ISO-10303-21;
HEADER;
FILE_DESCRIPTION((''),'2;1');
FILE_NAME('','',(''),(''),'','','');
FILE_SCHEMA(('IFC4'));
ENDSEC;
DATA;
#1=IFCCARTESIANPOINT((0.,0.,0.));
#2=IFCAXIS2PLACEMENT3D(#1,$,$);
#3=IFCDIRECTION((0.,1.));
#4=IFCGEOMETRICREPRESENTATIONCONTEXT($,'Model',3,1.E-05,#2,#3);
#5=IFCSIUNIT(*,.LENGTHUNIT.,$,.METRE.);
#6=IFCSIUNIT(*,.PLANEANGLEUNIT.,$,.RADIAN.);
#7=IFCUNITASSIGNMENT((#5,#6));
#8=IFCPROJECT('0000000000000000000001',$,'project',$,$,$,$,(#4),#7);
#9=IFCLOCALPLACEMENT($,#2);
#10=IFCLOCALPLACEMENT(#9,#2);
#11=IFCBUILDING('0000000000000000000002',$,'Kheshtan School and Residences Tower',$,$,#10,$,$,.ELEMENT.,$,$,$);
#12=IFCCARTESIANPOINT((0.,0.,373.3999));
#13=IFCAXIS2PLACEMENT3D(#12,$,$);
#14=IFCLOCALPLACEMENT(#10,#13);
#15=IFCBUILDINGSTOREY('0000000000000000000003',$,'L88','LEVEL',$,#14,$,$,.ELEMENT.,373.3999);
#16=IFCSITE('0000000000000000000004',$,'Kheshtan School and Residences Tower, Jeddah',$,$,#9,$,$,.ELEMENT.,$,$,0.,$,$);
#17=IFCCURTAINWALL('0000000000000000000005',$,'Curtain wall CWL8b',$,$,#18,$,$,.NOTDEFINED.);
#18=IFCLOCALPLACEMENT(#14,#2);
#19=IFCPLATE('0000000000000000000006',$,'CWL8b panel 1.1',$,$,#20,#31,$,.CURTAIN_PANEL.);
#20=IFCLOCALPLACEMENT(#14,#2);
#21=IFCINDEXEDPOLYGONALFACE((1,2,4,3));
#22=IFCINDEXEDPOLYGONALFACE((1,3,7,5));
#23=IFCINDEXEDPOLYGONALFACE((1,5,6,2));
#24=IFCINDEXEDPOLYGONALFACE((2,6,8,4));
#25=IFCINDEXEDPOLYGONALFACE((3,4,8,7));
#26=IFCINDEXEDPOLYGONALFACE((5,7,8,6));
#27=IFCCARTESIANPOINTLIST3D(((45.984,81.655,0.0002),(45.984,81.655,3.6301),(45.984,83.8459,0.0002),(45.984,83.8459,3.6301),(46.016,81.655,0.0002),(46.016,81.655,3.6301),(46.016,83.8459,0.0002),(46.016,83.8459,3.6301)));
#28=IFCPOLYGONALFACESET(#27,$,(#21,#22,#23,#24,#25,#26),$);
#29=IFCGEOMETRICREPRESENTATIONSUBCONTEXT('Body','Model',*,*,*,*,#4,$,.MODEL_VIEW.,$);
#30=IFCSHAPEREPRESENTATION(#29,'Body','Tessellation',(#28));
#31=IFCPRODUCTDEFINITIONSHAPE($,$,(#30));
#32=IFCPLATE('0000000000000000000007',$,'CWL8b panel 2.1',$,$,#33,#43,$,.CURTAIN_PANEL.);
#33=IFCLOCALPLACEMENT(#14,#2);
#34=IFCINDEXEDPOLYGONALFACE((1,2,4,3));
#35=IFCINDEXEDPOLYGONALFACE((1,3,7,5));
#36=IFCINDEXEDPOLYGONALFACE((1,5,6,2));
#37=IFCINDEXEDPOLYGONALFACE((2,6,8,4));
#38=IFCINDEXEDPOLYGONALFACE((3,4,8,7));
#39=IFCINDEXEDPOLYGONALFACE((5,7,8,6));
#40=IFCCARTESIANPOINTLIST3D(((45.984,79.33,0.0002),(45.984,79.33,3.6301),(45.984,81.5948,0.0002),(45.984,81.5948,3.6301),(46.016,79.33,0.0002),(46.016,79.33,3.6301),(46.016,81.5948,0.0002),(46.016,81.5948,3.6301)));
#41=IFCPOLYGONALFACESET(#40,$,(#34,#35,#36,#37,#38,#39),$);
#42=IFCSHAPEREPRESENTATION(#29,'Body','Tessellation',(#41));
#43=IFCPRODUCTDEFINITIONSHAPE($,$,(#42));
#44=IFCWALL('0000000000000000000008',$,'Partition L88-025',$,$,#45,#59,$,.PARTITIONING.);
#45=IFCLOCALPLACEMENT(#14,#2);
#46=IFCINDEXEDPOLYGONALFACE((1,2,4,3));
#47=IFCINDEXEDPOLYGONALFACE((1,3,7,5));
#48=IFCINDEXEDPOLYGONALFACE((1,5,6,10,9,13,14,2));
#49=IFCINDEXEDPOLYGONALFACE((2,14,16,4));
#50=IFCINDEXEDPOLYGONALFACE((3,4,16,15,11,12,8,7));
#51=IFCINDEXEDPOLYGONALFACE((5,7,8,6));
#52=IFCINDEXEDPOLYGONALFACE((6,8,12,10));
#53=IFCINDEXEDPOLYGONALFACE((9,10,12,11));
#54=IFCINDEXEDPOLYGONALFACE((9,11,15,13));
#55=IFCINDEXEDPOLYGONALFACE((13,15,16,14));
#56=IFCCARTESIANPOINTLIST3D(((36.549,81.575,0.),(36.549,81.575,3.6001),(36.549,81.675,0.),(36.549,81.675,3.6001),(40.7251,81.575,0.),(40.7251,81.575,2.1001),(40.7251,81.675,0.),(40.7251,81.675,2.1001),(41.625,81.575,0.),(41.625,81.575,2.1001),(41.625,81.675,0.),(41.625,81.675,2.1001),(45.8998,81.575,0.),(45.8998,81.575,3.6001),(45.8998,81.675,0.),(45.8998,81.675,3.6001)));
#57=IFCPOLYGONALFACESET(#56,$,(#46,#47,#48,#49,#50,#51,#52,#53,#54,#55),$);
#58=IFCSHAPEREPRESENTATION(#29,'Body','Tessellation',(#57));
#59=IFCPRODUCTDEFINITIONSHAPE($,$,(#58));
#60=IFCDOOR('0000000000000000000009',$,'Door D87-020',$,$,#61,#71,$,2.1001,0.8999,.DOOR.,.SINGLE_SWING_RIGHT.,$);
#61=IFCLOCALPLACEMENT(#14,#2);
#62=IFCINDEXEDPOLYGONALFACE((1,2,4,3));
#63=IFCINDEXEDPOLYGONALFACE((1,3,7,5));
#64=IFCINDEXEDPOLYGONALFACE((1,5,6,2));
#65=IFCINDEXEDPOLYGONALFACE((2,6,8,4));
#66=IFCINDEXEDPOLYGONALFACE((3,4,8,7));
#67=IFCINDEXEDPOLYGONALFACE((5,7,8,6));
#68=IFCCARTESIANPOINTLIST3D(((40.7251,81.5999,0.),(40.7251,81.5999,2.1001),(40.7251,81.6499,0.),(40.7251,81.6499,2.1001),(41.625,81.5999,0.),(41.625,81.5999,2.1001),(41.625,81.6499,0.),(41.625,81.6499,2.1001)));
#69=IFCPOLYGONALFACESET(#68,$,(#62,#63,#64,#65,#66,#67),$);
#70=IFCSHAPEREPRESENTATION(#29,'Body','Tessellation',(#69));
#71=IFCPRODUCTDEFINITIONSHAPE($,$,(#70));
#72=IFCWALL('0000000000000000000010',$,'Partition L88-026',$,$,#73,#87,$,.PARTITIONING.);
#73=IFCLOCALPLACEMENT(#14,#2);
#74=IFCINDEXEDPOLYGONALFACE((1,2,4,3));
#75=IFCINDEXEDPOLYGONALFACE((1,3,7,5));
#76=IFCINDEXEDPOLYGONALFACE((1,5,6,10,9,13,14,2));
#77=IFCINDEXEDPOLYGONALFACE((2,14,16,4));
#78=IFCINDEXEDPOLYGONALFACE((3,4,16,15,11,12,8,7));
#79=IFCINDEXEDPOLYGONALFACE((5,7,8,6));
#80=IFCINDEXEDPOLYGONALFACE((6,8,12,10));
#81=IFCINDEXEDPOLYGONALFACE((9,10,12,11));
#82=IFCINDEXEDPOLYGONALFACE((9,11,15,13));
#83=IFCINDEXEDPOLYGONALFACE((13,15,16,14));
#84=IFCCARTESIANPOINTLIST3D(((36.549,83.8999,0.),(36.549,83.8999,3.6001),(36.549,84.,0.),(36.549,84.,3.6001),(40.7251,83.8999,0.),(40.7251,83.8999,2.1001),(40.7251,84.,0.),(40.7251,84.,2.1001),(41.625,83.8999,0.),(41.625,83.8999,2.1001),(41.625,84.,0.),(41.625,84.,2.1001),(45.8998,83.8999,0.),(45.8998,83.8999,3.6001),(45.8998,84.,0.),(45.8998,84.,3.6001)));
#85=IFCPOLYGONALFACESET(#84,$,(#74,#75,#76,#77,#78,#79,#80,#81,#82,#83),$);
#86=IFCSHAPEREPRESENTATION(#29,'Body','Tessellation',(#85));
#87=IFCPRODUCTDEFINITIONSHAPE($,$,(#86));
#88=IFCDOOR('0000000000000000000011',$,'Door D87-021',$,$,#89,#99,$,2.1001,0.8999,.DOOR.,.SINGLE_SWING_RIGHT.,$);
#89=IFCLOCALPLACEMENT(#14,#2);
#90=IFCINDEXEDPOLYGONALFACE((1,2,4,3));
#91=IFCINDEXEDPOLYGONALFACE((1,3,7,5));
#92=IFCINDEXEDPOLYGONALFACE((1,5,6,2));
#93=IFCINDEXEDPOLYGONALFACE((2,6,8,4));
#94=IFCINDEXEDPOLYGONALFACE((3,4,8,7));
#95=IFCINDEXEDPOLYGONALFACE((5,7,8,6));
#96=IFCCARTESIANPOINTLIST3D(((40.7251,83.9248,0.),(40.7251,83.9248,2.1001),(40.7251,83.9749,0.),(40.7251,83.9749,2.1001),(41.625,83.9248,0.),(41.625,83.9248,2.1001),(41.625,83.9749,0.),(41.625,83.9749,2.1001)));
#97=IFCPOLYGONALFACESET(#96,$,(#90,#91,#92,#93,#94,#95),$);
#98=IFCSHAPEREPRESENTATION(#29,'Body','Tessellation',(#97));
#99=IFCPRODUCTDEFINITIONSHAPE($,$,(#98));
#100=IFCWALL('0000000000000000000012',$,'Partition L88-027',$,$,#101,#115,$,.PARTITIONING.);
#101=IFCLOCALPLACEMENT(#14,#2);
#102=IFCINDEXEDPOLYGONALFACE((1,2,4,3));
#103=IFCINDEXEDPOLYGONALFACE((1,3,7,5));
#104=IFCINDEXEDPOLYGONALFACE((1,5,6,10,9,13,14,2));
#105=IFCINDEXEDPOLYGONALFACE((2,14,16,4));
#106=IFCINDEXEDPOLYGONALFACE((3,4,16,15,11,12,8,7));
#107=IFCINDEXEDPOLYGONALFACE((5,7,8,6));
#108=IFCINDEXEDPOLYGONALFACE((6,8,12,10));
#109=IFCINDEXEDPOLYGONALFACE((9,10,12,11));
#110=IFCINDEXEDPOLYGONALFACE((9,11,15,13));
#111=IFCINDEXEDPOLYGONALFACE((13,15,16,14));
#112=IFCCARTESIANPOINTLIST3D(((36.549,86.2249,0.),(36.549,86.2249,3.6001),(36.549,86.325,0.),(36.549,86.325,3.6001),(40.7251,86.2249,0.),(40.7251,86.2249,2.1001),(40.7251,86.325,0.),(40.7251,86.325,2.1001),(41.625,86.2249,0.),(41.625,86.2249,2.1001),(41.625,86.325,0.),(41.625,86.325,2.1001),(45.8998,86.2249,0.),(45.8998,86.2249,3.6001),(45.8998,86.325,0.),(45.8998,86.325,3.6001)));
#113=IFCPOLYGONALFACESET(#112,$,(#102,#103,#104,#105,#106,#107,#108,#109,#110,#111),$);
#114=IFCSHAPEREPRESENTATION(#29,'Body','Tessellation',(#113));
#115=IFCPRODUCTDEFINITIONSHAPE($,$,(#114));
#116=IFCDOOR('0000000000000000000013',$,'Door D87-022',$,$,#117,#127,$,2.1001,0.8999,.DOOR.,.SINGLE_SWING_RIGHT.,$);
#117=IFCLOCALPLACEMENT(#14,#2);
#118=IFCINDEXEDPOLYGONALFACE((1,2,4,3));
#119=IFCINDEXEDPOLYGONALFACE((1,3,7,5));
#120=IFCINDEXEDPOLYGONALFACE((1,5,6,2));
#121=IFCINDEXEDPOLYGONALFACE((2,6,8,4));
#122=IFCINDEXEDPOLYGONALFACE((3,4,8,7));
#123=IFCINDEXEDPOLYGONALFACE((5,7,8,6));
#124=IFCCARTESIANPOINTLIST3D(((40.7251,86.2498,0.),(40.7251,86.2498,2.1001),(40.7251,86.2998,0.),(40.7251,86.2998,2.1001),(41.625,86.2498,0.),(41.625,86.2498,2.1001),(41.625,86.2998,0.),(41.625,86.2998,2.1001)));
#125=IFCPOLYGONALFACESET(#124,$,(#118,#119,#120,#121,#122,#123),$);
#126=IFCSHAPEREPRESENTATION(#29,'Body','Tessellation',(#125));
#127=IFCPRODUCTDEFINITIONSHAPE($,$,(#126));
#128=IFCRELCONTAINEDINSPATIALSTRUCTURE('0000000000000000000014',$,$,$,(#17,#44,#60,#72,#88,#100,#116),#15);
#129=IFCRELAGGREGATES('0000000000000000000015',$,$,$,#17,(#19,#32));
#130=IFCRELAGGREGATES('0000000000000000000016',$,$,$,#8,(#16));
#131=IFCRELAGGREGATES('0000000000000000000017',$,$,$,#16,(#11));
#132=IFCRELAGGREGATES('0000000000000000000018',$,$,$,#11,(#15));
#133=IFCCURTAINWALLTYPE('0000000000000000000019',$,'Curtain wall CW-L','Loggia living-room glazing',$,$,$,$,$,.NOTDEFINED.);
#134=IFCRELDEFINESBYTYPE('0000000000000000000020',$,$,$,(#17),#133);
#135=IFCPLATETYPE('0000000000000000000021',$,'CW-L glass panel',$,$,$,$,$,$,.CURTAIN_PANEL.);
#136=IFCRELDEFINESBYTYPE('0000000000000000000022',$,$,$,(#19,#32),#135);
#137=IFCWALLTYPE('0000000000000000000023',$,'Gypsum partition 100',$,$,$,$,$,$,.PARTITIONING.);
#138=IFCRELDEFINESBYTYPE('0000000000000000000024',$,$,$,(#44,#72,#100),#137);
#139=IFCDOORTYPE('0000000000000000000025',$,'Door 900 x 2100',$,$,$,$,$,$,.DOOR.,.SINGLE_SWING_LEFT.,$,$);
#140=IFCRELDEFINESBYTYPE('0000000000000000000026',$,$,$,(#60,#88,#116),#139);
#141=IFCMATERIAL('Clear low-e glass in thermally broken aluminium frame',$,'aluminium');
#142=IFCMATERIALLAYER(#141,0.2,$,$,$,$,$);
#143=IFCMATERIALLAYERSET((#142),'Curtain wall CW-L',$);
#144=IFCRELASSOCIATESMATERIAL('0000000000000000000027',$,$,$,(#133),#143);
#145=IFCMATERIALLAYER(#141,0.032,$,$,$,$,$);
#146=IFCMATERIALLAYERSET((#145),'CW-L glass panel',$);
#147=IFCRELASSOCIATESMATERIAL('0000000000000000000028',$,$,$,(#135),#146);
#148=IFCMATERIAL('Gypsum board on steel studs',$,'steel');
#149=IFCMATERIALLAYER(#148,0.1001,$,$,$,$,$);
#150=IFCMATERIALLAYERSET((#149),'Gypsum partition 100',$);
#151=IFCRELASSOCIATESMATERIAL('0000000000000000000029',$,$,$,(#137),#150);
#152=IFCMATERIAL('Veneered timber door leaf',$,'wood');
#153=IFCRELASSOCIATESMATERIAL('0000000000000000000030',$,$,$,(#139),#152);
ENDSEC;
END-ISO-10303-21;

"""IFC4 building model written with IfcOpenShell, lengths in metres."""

from ifc_helpers import new_model, si_unit, direction, frame, frame_2d, origin, origin_2d, place, context, subcontext, project, spatial, rectangle, extrude, source, transform, mapped, material, layer, layer_set, type_object, element, fill, aggregate, save


model = new_model("IFC4")

# Units and contexts
model_context = context("Model", 3, precision=1e-05, world=origin(), true_north=direction((0.0, 1.0)))
body_context = subcontext(model_context, "Body", "Model", "MODEL_VIEW")
ifc_project = project(units=[si_unit("LENGTHUNIT", "METRE"), si_unit("PLANEANGLEUNIT", "RADIAN")], contexts=[model_context])

# Site, building, storey
site_placement = place(None, origin())
site = spatial("IfcSite", under=ifc_project, at=site_placement, Name="Kheshtan School and Residences Tower, Jeddah", CompositionType="ELEMENT", RefElevation=0.0)
building_placement = place(site_placement, origin())
building = spatial("IfcBuilding", under=site, at=building_placement, Name="Kheshtan School and Residences Tower", CompositionType="ELEMENT")
storey_placement = place(building_placement, frame((0.0, 0.0, 373.3999)))
storey = spatial("IfcBuildingStorey", under=building, at=storey_placement, Name="L88", Description="LEVEL", CompositionType="ELEMENT", Elevation=373.3999)

# Shared definitions
ifc_material_1 = material(Name="Clear low-e glass in thermally broken aluminium frame", Category="aluminium")
ifc_layer_1 = layer(ifc_material_1, 0.2)
ifc_layer_set_1 = layer_set([ifc_layer_1], Name="Curtain wall CW-L")
curtain_wall_type = type_object("IfcCurtainWallType", Name="Curtain wall CW-L", Description="Loggia living-room glazing", PredefinedType="NOTDEFINED", material=ifc_layer_set_1)

# Curtain wall
curtain_wall_1_placement = place(storey_placement, origin())
curtain_wall_1 = element("IfcCurtainWall", 1, at=curtain_wall_1_placement, inside=storey, type_object=curtain_wall_type, Name="Curtain wall CWL8b", PredefinedType="NOTDEFINED")

# Plates
ifc_layer_2 = layer(ifc_material_1, 0.032)
ifc_layer_set_2 = layer_set([ifc_layer_2], Name="CW-L glass panel")
plate_type = type_object("IfcPlateType", Name="CW-L glass panel", PredefinedType="CURTAIN_PANEL", material=ifc_layer_set_2)
plate_1_placement = place(storey_placement, frame((46.0, 82.7505, 0.0002), z_axis=(0.0, 0.0, 1.0), x_axis=(0.0, -1.0, 0.0)))
plate_1 = element("IfcPlate", 2, at=plate_1_placement, type_object=plate_type, Name="CWL8b panel 1.1", PredefinedType="CURTAIN_PANEL", context=body_context, shape_type="SweptSolid", body=[
    extrude(rectangle(XDim=2.1909, YDim=0.032, at=origin_2d()), origin(), (0.0, 0.0, 1.0), 3.6299),
])
plate_2_placement = place(storey_placement, frame((46.0, 80.4624, 0.0002), z_axis=(0.0, 0.0, 1.0), x_axis=(0.0, -1.0, 0.0)))
plate_2 = element("IfcPlate", 3, at=plate_2_placement, type_object=plate_type, Name="CWL8b panel 2.1", PredefinedType="CURTAIN_PANEL", context=body_context, shape_type="SweptSolid", body=[
    extrude(rectangle(XDim=2.2649, YDim=0.032, at=origin_2d()), origin(), (0.0, 0.0, 1.0), 3.6299),
])
aggregate(curtain_wall_1, [plate_1, plate_2])

# Walls, openings, doors
ifc_material_2 = material(Name="Gypsum board on steel studs", Category="steel")
ifc_layer_3 = layer(ifc_material_2, 0.1001)
ifc_layer_set_3 = layer_set([ifc_layer_3], Name="Gypsum partition 100")
wall_type_1 = type_object("IfcWallType", Name="Gypsum partition 100", PredefinedType="PARTITIONING", material=ifc_layer_set_3)
wall_1_placement = place(storey_placement, frame((36.5491, 81.625, 0.0), z_axis=(0.0, 0.0, 1.0), x_axis=(1.0, 0.0, 0.0)))
wall_1 = element("IfcWall", 4, at=wall_1_placement, inside=storey, type_object=wall_type_1, Name="Partition L88-025", PredefinedType="PARTITIONING", context=body_context, shape_type="SweptSolid", body=[
    extrude(rectangle(XDim=9.3508, YDim=0.1001, at=frame_2d((4.6753, 0.0))), origin(), (0.0, 0.0, 1.0), 3.6001),
])
opening_1_placement = place(wall_1_placement, frame((4.176, 0.0, 0.0)))
opening_1 = element("IfcOpeningElement", 5, at=opening_1_placement, cuts=wall_1, PredefinedType="OPENING", context=body_context, shape_type="SweptSolid", body=[
    extrude(rectangle(XDim=0.8999, YDim=2.1001, at=frame_2d((0.45, 1.05))), frame((0.0, 0.0601, 0.0), z_axis=(0.0, -1.0, 0.0), x_axis=(1.0, 0.0, 0.0)), (0.0, 0.0, 1.0), 0.1201),
])
ifc_material_3 = material(Name="Veneered timber door leaf", Category="wood")
door_type_1 = type_object("IfcDoorType", Name="Door 900 x 2100", OperationType="SINGLE_SWING_LEFT", PredefinedType="DOOR", material=ifc_material_3)
shared_shape_1 = source(origin(), body_context, "Body", "SweptSolid", [
    extrude(rectangle(XDim=0.8999, YDim=2.1001, at=frame_2d((0.45, 1.05))), frame((0.0, 0.0249, 0.0), z_axis=(0.0, -1.0, 0.0), x_axis=(1.0, 0.0, 0.0)), (0.0, 0.0, 1.0), 0.05),
])
door_1_placement = place(opening_1_placement, origin())
door_1 = element("IfcDoor", 6, at=door_1_placement, inside=storey, type_object=door_type_1, Name="Door D87-020", OperationType="SINGLE_SWING_RIGHT", OverallHeight=2.1001, OverallWidth=0.8999, PredefinedType="DOOR", context=body_context, shape_type="MappedRepresentation", body=[
    mapped(shared_shape_1, transform((0.0, 0.0, 0.0), x_axis=(1.0, 0.0, 0.0), y_axis=(0.0, 1.0, 0.0), z_axis=(0.0, 0.0, 1.0), scale=1.0)),
])
fill(opening_1, door_1)
wall_2_placement = place(storey_placement, frame((36.5491, 83.95, 0.0), z_axis=(0.0, 0.0, 1.0), x_axis=(1.0, 0.0, 0.0)))
wall_2 = element("IfcWall", 7, at=wall_2_placement, inside=storey, type_object=wall_type_1, Name="Partition L88-026", PredefinedType="PARTITIONING", context=body_context, shape_type="SweptSolid", body=[
    extrude(rectangle(XDim=9.3508, YDim=0.1001, at=frame_2d((4.6753, 0.0))), origin(), (0.0, 0.0, 1.0), 3.6001),
])
opening_2_placement = place(wall_2_placement, frame((4.176, 0.0, 0.0)))
opening_2 = element("IfcOpeningElement", 8, at=opening_2_placement, cuts=wall_2, PredefinedType="OPENING", context=body_context, shape_type="SweptSolid", body=[
    extrude(rectangle(XDim=0.8999, YDim=2.1001, at=frame_2d((0.45, 1.05))), frame((0.0, 0.0601, 0.0), z_axis=(0.0, -1.0, 0.0), x_axis=(1.0, 0.0, 0.0)), (0.0, 0.0, 1.0), 0.1201),
])
door_2_placement = place(opening_2_placement, origin())
door_2 = element("IfcDoor", 9, at=door_2_placement, inside=storey, type_object=door_type_1, Name="Door D87-021", OperationType="SINGLE_SWING_RIGHT", OverallHeight=2.1001, OverallWidth=0.8999, PredefinedType="DOOR", context=body_context, shape_type="MappedRepresentation", body=[
    mapped(shared_shape_1, transform((0.0, 0.0, 0.0), x_axis=(1.0, 0.0, 0.0), y_axis=(0.0, 1.0, 0.0), z_axis=(0.0, 0.0, 1.0), scale=1.0)),
])
fill(opening_2, door_2)
wall_3_placement = place(storey_placement, frame((36.5491, 86.2749, 0.0), z_axis=(0.0, 0.0, 1.0), x_axis=(1.0, 0.0, 0.0)))
wall_3 = element("IfcWall", 10, at=wall_3_placement, inside=storey, type_object=wall_type_1, Name="Partition L88-027", PredefinedType="PARTITIONING", context=body_context, shape_type="SweptSolid", body=[
    extrude(rectangle(XDim=9.3508, YDim=0.1001, at=frame_2d((4.6753, 0.0))), origin(), (0.0, 0.0, 1.0), 3.6001),
])
opening_3_placement = place(wall_3_placement, frame((4.176, 0.0, 0.0)))
opening_3 = element("IfcOpeningElement", 11, at=opening_3_placement, cuts=wall_3, PredefinedType="OPENING", context=body_context, shape_type="SweptSolid", body=[
    extrude(rectangle(XDim=0.8999, YDim=2.1001, at=frame_2d((0.45, 1.05))), frame((0.0, 0.0601, 0.0), z_axis=(0.0, -1.0, 0.0), x_axis=(1.0, 0.0, 0.0)), (0.0, 0.0, 1.0), 0.1201),
])
door_3_placement = place(opening_3_placement, origin())
door_3 = element("IfcDoor", 12, at=door_3_placement, inside=storey, type_object=door_type_1, Name="Door D87-022", OperationType="SINGLE_SWING_RIGHT", OverallHeight=2.1001, OverallWidth=0.8999, PredefinedType="DOOR", context=body_context, shape_type="MappedRepresentation", body=[
    mapped(shared_shape_1, transform((0.0, 0.0, 0.0), x_axis=(1.0, 0.0, 0.0), y_axis=(0.0, 1.0, 0.0), z_axis=(0.0, 0.0, 1.0), scale=1.0)),
])
fill(opening_3, door_3)

save(model, "model.ifc")
